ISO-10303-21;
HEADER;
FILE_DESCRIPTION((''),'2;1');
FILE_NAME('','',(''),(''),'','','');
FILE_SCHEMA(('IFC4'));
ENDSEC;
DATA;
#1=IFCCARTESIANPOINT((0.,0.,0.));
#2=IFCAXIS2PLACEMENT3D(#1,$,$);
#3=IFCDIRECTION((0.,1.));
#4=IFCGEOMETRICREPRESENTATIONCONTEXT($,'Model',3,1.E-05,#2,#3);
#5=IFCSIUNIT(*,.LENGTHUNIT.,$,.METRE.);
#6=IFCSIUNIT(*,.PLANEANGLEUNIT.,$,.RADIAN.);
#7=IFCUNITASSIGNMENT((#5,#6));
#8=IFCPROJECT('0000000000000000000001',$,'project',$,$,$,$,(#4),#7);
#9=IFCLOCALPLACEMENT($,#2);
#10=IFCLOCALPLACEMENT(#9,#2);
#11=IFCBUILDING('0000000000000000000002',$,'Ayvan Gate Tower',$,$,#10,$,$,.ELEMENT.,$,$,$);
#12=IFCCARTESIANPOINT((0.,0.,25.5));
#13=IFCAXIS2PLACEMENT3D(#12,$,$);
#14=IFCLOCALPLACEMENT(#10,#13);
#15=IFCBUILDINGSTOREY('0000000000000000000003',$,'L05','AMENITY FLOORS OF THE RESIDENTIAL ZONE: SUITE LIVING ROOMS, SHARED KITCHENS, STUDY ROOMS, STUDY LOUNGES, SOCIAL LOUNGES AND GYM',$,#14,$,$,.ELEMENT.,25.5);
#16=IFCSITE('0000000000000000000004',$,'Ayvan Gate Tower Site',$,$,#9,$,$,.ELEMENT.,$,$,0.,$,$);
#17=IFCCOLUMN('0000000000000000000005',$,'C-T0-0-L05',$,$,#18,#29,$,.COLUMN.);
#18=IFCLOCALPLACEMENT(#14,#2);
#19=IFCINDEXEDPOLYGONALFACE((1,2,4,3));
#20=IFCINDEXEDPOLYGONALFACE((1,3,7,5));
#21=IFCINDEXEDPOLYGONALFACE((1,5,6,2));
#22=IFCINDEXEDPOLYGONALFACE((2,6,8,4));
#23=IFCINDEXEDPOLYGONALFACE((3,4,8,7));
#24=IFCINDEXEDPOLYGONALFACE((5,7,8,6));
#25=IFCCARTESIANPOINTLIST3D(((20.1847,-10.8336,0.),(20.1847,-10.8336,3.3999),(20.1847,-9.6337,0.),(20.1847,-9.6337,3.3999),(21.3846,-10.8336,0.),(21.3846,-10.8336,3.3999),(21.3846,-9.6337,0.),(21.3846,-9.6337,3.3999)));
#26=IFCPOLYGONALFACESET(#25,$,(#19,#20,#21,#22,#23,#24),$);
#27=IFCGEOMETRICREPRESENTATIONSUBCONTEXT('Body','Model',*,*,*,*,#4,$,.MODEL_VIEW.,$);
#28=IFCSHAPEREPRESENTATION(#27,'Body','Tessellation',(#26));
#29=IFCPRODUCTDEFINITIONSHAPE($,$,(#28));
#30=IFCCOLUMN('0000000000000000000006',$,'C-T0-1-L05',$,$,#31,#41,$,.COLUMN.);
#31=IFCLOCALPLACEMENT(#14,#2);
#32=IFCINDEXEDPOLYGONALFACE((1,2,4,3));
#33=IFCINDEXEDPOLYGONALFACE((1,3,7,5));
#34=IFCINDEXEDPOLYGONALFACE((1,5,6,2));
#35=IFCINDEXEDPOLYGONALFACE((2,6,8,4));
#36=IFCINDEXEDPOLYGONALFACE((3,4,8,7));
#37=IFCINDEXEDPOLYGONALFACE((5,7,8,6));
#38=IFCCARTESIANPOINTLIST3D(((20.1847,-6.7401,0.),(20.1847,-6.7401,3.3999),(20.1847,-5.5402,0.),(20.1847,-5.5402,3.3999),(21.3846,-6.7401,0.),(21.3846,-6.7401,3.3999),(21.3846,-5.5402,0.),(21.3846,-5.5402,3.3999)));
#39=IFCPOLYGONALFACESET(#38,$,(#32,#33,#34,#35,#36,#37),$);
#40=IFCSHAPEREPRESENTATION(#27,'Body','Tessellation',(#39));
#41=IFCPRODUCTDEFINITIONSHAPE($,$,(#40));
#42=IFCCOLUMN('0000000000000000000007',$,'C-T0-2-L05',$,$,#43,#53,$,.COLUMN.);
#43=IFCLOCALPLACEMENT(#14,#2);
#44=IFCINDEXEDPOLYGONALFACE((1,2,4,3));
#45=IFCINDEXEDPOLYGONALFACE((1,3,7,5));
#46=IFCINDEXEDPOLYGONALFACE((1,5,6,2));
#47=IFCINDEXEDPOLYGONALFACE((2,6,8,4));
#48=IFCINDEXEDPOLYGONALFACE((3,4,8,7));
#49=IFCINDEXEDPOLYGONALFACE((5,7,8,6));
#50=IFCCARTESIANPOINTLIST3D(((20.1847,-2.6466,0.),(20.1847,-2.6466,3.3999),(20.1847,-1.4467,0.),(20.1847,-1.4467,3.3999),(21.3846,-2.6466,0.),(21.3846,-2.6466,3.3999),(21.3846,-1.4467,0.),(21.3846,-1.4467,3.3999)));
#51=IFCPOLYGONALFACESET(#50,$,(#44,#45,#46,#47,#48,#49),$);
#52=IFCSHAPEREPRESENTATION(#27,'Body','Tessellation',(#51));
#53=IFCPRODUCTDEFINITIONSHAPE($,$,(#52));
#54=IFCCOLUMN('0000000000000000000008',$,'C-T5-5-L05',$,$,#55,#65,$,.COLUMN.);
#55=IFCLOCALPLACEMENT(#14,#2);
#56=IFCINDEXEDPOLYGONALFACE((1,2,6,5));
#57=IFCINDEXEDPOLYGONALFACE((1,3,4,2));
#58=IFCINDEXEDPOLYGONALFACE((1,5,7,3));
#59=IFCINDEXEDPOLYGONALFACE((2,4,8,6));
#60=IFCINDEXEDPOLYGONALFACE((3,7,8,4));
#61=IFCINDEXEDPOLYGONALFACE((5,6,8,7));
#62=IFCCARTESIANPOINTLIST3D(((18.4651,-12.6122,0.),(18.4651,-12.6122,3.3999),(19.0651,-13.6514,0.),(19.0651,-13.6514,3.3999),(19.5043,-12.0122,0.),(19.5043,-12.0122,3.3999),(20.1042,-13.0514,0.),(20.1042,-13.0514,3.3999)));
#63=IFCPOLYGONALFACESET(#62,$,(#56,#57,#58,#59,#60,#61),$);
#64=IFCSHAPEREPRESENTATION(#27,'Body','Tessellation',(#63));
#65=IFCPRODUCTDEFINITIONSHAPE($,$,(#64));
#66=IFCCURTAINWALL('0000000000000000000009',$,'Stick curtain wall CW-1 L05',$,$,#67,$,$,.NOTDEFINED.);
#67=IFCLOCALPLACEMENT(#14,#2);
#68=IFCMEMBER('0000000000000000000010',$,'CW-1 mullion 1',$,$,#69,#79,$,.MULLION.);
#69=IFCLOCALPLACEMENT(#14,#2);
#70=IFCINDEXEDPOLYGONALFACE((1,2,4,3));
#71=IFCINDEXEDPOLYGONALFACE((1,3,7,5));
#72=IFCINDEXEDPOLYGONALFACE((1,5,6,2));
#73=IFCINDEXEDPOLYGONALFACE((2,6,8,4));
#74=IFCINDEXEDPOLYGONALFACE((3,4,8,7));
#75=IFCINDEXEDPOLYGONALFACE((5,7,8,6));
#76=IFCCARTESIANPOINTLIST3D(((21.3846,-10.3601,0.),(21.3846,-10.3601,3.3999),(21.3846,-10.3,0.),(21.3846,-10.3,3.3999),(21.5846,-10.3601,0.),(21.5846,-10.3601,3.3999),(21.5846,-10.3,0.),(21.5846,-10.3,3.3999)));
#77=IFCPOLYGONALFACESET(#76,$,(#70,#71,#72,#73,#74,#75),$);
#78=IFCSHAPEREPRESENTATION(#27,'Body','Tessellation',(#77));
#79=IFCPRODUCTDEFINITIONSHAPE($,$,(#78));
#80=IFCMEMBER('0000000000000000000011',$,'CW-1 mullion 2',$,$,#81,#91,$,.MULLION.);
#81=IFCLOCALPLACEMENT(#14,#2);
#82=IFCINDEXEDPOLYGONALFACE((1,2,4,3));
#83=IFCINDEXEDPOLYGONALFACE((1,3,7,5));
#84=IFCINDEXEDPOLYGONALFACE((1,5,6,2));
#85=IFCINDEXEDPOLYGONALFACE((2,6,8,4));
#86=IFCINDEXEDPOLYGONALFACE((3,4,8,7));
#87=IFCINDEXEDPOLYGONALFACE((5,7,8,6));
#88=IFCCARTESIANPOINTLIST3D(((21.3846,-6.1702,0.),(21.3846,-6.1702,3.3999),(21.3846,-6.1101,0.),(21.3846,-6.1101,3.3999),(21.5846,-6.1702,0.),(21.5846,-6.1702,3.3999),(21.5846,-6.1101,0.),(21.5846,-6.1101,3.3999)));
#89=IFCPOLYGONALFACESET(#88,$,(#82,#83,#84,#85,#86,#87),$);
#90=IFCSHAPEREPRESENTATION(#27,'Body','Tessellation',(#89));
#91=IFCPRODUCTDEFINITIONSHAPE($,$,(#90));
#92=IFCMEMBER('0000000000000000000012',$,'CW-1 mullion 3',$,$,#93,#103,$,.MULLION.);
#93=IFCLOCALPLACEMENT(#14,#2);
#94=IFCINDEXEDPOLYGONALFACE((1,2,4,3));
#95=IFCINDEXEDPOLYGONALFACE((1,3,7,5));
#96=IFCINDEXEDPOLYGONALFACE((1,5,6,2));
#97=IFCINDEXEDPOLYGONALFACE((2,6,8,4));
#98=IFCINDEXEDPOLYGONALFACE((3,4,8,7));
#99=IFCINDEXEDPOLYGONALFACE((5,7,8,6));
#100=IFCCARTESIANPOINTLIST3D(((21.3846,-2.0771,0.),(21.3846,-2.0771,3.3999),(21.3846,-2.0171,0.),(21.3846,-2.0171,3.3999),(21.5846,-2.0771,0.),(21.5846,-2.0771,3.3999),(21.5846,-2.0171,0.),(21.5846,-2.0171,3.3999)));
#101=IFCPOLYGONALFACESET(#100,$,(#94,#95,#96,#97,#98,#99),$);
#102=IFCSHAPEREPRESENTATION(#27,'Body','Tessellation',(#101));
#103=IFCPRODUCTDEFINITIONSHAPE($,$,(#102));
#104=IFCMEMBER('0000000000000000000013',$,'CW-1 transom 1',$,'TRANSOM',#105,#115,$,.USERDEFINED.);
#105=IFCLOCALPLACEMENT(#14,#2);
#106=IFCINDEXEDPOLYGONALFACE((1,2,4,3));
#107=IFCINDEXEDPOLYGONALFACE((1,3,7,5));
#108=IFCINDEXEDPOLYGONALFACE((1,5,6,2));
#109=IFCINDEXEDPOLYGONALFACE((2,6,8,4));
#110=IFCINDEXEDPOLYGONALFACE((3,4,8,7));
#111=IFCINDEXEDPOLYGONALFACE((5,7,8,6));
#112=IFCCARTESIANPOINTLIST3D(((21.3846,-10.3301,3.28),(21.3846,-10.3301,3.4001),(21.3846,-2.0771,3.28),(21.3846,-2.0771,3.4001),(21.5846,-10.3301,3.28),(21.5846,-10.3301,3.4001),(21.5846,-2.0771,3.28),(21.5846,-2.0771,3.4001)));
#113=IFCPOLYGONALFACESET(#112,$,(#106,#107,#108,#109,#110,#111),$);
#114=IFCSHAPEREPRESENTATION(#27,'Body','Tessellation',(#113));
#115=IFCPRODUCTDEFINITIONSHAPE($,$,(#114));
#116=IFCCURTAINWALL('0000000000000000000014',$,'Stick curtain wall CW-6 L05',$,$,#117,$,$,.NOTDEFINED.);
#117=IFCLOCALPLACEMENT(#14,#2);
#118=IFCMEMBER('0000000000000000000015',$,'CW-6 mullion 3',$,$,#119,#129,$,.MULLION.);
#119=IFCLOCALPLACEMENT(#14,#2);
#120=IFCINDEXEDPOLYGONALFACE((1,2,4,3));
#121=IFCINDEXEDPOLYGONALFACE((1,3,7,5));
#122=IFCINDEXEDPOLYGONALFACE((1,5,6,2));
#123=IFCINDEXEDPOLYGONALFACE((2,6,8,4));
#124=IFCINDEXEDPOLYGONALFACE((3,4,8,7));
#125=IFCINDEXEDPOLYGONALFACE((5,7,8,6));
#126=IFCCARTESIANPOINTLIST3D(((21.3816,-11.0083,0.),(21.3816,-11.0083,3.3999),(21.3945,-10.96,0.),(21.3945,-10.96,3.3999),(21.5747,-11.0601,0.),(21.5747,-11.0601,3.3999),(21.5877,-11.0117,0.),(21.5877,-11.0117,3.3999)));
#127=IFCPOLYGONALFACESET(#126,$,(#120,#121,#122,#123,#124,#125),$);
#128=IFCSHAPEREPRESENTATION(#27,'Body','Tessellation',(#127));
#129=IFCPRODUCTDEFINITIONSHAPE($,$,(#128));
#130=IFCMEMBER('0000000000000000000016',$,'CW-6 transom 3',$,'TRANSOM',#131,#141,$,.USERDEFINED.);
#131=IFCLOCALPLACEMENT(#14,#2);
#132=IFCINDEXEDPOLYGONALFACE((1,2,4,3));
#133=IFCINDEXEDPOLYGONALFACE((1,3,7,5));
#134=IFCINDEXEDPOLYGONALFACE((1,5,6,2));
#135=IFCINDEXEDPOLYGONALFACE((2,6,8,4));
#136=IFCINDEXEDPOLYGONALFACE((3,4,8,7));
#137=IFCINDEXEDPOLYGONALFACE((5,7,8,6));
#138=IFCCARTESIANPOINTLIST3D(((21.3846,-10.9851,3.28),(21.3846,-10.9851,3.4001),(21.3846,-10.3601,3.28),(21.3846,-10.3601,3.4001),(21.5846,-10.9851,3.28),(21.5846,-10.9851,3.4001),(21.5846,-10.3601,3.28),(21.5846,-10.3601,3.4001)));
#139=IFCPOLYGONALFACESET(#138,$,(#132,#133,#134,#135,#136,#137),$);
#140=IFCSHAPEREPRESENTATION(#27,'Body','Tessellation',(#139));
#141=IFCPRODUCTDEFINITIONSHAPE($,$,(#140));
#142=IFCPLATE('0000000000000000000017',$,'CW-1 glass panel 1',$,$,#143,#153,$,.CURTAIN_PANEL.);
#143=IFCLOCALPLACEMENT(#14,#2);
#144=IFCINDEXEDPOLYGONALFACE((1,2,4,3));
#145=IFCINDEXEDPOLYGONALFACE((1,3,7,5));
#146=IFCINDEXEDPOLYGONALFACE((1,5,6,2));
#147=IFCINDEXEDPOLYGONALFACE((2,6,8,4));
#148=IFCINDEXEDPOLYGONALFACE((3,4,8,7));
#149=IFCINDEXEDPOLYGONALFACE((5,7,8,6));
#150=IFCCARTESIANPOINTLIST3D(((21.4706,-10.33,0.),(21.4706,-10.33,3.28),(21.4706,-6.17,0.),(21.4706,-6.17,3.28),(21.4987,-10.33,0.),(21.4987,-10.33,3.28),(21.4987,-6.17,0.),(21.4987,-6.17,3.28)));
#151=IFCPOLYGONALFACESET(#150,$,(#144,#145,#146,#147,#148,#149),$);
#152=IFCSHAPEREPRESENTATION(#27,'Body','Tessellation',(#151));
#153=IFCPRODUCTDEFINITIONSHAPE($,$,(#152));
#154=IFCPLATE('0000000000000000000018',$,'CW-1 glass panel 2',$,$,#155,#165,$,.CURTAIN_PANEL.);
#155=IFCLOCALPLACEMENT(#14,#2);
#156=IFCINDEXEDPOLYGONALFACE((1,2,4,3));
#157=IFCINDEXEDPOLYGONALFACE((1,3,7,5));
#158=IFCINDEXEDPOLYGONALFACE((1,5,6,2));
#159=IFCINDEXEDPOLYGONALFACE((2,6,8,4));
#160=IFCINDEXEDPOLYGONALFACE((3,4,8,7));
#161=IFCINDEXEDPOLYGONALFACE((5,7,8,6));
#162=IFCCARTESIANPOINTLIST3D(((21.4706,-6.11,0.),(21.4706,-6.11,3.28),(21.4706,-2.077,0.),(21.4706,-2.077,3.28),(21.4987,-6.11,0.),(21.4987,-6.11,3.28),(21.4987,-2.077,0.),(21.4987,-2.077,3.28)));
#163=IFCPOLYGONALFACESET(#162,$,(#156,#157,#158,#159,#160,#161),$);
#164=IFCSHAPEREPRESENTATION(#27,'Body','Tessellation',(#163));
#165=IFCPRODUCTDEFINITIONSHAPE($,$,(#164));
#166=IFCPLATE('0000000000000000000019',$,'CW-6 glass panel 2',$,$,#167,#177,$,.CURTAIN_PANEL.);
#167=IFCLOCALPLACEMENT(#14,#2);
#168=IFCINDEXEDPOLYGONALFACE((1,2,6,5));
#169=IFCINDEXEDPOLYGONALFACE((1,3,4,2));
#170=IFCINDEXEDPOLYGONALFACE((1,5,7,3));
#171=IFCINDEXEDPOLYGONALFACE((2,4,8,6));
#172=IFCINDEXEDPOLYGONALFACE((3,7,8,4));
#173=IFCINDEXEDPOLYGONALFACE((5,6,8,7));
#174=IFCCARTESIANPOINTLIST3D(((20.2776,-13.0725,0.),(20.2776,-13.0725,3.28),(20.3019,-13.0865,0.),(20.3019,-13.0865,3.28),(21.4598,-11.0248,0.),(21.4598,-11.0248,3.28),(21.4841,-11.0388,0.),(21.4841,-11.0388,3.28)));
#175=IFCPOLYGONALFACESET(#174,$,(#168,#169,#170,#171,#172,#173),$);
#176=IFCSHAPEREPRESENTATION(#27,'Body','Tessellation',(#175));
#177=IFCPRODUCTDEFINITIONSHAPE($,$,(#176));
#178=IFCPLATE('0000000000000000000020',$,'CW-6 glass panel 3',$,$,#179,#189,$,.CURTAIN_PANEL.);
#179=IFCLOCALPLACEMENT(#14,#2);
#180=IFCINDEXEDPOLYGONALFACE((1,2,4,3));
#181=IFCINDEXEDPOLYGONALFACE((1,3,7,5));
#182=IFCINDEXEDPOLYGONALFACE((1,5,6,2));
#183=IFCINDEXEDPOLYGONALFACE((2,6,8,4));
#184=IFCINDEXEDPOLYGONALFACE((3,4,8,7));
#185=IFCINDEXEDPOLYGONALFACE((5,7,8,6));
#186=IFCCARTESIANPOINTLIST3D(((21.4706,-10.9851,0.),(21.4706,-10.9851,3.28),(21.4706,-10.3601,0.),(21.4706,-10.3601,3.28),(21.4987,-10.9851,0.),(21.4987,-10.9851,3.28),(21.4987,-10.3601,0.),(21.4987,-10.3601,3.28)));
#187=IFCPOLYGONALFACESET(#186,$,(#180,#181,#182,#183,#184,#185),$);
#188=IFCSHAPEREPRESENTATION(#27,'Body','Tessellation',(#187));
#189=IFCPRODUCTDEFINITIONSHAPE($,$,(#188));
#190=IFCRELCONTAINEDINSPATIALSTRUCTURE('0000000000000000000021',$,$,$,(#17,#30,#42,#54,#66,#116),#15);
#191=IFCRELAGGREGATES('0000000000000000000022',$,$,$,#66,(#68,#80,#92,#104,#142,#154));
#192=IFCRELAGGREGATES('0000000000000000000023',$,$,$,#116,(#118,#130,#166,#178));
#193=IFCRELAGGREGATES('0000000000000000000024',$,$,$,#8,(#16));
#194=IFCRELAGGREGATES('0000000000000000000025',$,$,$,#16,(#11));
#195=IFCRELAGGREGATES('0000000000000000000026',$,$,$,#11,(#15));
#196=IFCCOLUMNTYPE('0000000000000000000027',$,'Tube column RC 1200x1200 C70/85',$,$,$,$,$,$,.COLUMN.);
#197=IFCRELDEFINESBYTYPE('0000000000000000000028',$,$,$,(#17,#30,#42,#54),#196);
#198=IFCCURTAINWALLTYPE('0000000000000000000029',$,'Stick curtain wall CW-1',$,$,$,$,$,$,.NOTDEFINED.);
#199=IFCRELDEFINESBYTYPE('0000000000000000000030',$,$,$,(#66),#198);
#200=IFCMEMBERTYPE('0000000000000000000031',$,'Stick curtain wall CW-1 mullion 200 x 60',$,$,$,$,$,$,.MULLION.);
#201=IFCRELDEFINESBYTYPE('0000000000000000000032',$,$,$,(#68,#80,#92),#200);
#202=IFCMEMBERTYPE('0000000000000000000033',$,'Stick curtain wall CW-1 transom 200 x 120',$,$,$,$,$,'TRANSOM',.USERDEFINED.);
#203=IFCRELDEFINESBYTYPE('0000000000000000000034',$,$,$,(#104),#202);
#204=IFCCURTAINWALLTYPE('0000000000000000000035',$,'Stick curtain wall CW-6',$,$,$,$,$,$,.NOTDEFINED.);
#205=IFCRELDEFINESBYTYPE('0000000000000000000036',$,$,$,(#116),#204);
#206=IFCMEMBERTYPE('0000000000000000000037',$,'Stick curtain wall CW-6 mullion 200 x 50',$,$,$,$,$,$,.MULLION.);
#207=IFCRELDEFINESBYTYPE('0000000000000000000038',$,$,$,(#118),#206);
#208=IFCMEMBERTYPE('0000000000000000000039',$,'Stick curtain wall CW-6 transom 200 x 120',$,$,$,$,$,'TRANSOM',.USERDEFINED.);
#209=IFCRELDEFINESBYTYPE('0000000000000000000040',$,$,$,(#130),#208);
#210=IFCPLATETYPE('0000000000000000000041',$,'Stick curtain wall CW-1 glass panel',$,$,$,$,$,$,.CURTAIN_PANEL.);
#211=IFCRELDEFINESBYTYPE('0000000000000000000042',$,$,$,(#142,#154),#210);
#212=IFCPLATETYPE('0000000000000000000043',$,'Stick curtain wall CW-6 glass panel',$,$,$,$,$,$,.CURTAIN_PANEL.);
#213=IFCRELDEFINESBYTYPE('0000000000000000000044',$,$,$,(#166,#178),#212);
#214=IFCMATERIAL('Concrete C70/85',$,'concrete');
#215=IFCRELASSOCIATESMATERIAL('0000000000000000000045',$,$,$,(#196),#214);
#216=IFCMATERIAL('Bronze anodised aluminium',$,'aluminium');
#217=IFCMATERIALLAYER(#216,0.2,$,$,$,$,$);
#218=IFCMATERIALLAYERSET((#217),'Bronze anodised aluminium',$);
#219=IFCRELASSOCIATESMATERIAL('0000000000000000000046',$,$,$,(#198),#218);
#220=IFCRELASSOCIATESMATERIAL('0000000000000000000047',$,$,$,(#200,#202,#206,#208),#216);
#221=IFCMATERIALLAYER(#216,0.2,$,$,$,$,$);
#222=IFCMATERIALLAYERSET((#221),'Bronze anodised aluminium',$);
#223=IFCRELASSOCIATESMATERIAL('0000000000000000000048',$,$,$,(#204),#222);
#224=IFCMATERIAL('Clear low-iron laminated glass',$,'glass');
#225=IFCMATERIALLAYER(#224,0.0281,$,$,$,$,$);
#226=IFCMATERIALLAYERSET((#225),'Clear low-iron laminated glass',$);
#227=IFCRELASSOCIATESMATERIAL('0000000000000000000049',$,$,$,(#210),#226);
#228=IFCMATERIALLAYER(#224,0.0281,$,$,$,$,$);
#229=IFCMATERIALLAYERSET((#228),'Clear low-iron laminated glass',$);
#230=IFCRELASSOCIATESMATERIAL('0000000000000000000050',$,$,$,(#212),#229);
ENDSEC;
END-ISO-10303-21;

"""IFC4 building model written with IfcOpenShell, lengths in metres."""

from ifc_helpers import new_model, si_unit, direction, frame, origin, origin_2d, place, context, subcontext, project, spatial, rectangle, extrude, material, layer, layer_set, material_profile, profile_set, type_object, element, aggregate, save


model = new_model("IFC4")

# Units and contexts
model_context = context("Model", 3, precision=1e-05, world=origin(), true_north=direction((0.0, 1.0)))
body_context = subcontext(model_context, "Body", "Model", "MODEL_VIEW")
ifc_project = project(units=[si_unit("LENGTHUNIT", "METRE"), si_unit("PLANEANGLEUNIT", "RADIAN")], contexts=[model_context])

# Site, building, storey
site_placement = place(None, origin())
site = spatial("IfcSite", under=ifc_project, at=site_placement, Name="Ayvan Gate Tower Site", CompositionType="ELEMENT", RefElevation=0.0)
building_placement = place(site_placement, origin())
building = spatial("IfcBuilding", under=site, at=building_placement, Name="Ayvan Gate Tower", CompositionType="ELEMENT")
storey_placement = place(building_placement, frame((0.0, 0.0, 25.5)))
storey = spatial("IfcBuildingStorey", under=building, at=storey_placement, Name="L05", Description="AMENITY FLOORS OF THE RESIDENTIAL ZONE: SUITE LIVING ROOMS, SHARED KITCHENS, STUDY ROOMS, STUDY LOUNGES, SOCIAL LOUNGES AND GYM", CompositionType="ELEMENT", Elevation=25.5)

# Columns
ifc_material_1 = material(Name="Concrete C70/85", Category="concrete")
ifc_material_profile_1 = material_profile(ifc_material_1, rectangle(XDim=1.2, YDim=1.2, at=origin_2d()), Name="RC 1200x1200")
ifc_profile_set_1 = profile_set([ifc_material_profile_1], Name="Concrete C70/85")
column_type = type_object("IfcColumnType", Name="Tube column RC 1200x1200 C70/85", PredefinedType="COLUMN", material=ifc_profile_set_1)
for number, where, z_axis, x_axis, name in (
    (1, (20.7847, -10.2336, 0.0), (0.0, 0.0, 1.0), (1.0, 0.0, 0.0), "C-T0-0-L05"),
    (2, (20.7847, -6.1401, 0.0), (0.0, 0.0, 1.0), (1.0, 0.0, 0.0), "C-T0-1-L05"),
    (3, (20.7847, -2.0466, 0.0), (0.0, 0.0, 1.0), (1.0, 0.0, 0.0), "C-T0-2-L05"),
    (4, (19.2847, -12.8318, 0.0), (0.0, 0.0, 1.0), (0.5, -0.866025, 0.0), "C-T5-5-L05"),
):
    element("IfcColumn", number, at=place(storey_placement, frame(where, z_axis=z_axis, x_axis=x_axis)), inside=storey, type_object=column_type, Name=name, PredefinedType="COLUMN", context=body_context, shape_type="SweptSolid", body=[
        extrude(rectangle(XDim=1.2, YDim=1.2, at=origin_2d()), origin(), (0.0, 0.0, 1.0), 3.3999),
    ])

# Curtain walls, members
ifc_material_2 = material(Name="Bronze anodised aluminium", Category="aluminium")
ifc_layer_1 = layer(ifc_material_2, 0.2)
ifc_layer_set_1 = layer_set([ifc_layer_1], Name="Bronze anodised aluminium")
curtain_wall_type_1 = type_object("IfcCurtainWallType", Name="Stick curtain wall CW-1", PredefinedType="NOTDEFINED", material=ifc_layer_set_1)
curtain_wall_1_placement = place(storey_placement, origin())
curtain_wall_1 = element("IfcCurtainWall", 5, at=curtain_wall_1_placement, inside=storey, type_object=curtain_wall_type_1, Name="Stick curtain wall CW-1 L05", PredefinedType="NOTDEFINED")
ifc_material_profile_2 = material_profile(ifc_material_2, rectangle(XDim=0.2, YDim=0.0601, at=origin_2d()), Name="Stick curtain wall CW-1 mullion 200 x 60")
ifc_profile_set_2 = profile_set([ifc_material_profile_2], Name="Bronze anodised aluminium")
member_type_1 = type_object("IfcMemberType", Name="Stick curtain wall CW-1 mullion 200 x 60", PredefinedType="MULLION", material=ifc_profile_set_2)
member_1_placement = place(storey_placement, frame((21.4846, -10.3301, 0.0), z_axis=(0.0, 0.0, 1.0), x_axis=(1.0, 0.0, 0.0)))
member_1 = element("IfcMember", 6, at=member_1_placement, type_object=member_type_1, Name="CW-1 mullion 1", PredefinedType="MULLION", context=body_context, shape_type="SweptSolid", body=[
    extrude(rectangle(XDim=0.2, YDim=0.0601, at=origin_2d()), origin(), (0.0, 0.0, 1.0), 3.3999),
])
member_2_placement = place(storey_placement, frame((21.4846, -6.1401, 0.0), z_axis=(0.0, 0.0, 1.0), x_axis=(1.0, 0.0, 0.0)))
member_2 = element("IfcMember", 7, at=member_2_placement, type_object=member_type_1, Name="CW-1 mullion 2", PredefinedType="MULLION", context=body_context, shape_type="SweptSolid", body=[
    extrude(rectangle(XDim=0.2, YDim=0.0601, at=origin_2d()), origin(), (0.0, 0.0, 1.0), 3.3999),
])
member_3_placement = place(storey_placement, frame((21.4846, -2.0471, 0.0), z_axis=(0.0, 0.0, 1.0), x_axis=(1.0, 0.0, 0.0)))
member_3 = element("IfcMember", 8, at=member_3_placement, type_object=member_type_1, Name="CW-1 mullion 3", PredefinedType="MULLION", context=body_context, shape_type="SweptSolid", body=[
    extrude(rectangle(XDim=0.2, YDim=0.0601, at=origin_2d()), origin(), (0.0, 0.0, 1.0), 3.3999),
])
ifc_material_profile_3 = material_profile(ifc_material_2, rectangle(XDim=0.2, YDim=0.1201, at=origin_2d()), Name="Stick curtain wall CW-1 transom 200 x 120")
ifc_profile_set_3 = profile_set([ifc_material_profile_3], Name="Bronze anodised aluminium")
member_type_2 = type_object("IfcMemberType", Name="Stick curtain wall CW-1 transom 200 x 120", ElementType="TRANSOM", PredefinedType="USERDEFINED", material=ifc_profile_set_3)
member_4_placement = place(storey_placement, frame((21.4846, -10.3301, 3.3401), z_axis=(0.0, 1.0, 0.0), x_axis=(-1.0, 0.0, 0.0)))
member_4 = element("IfcMember", 9, at=member_4_placement, type_object=member_type_2, Name="CW-1 transom 1", ObjectType="TRANSOM", PredefinedType="USERDEFINED", context=body_context, shape_type="SweptSolid", body=[
    extrude(rectangle(XDim=0.2, YDim=0.1201, at=origin_2d()), origin(), (0.0, 0.0, 1.0), 8.2529),
])
ifc_layer_2 = layer(ifc_material_2, 0.2)
ifc_layer_set_2 = layer_set([ifc_layer_2], Name="Bronze anodised aluminium")
curtain_wall_type_2 = type_object("IfcCurtainWallType", Name="Stick curtain wall CW-6", PredefinedType="NOTDEFINED", material=ifc_layer_set_2)
curtain_wall_2_placement = place(storey_placement, origin())
curtain_wall_2 = element("IfcCurtainWall", 10, at=curtain_wall_2_placement, inside=storey, type_object=curtain_wall_type_2, Name="Stick curtain wall CW-6 L05", PredefinedType="NOTDEFINED")
ifc_material_profile_4 = material_profile(ifc_material_2, rectangle(XDim=0.2, YDim=0.05, at=origin_2d()), Name="Stick curtain wall CW-6 mullion 200 x 50")
ifc_profile_set_4 = profile_set([ifc_material_profile_4], Name="Bronze anodised aluminium")
member_type_3 = type_object("IfcMemberType", Name="Stick curtain wall CW-6 mullion 200 x 50", PredefinedType="MULLION", material=ifc_profile_set_4)
member_5_placement = place(storey_placement, frame((21.4846, -11.01, 0.0), z_axis=(0.0, 0.0, 1.0), x_axis=(0.965926, -0.258819, 0.0)))
member_5 = element("IfcMember", 11, at=member_5_placement, type_object=member_type_3, Name="CW-6 mullion 3", PredefinedType="MULLION", context=body_context, shape_type="SweptSolid", body=[
    extrude(rectangle(XDim=0.2, YDim=0.05, at=origin_2d()), origin(), (0.0, 0.0, 1.0), 3.3999),
])
ifc_material_profile_5 = material_profile(ifc_material_2, rectangle(XDim=0.2, YDim=0.1201, at=origin_2d()), Name="Stick curtain wall CW-6 transom 200 x 120")
ifc_profile_set_5 = profile_set([ifc_material_profile_5], Name="Bronze anodised aluminium")
member_type_4 = type_object("IfcMemberType", Name="Stick curtain wall CW-6 transom 200 x 120", ElementType="TRANSOM", PredefinedType="USERDEFINED", material=ifc_profile_set_5)
member_6_placement = place(storey_placement, frame((21.4846, -10.9851, 3.3401), z_axis=(0.0, 1.0, 0.0), x_axis=(-1.0, 0.0, 0.0)))
member_6 = element("IfcMember", 12, at=member_6_placement, type_object=member_type_4, Name="CW-6 transom 3", ObjectType="TRANSOM", PredefinedType="USERDEFINED", context=body_context, shape_type="SweptSolid", body=[
    extrude(rectangle(XDim=0.2, YDim=0.1201, at=origin_2d()), origin(), (0.0, 0.0, 1.0), 0.625),
])

# Plates
ifc_material_3 = material(Name="Clear low-iron laminated glass", Category="glass")
ifc_layer_3 = layer(ifc_material_3, 0.0281)
ifc_layer_set_3 = layer_set([ifc_layer_3], Name="Clear low-iron laminated glass")
plate_type_1 = type_object("IfcPlateType", Name="Stick curtain wall CW-1 glass panel", PredefinedType="CURTAIN_PANEL", material=ifc_layer_set_3)
plate_1_placement = place(storey_placement, frame((21.4846, -8.25, 0.0), z_axis=(0.0, 0.0, 1.0), x_axis=(0.0, 1.0, 0.0)))
plate_1 = element("IfcPlate", 13, at=plate_1_placement, type_object=plate_type_1, Name="CW-1 glass panel 1", PredefinedType="CURTAIN_PANEL", context=body_context, shape_type="SweptSolid", body=[
    extrude(rectangle(XDim=4.1599, YDim=0.0281, at=origin_2d()), origin(), (0.0, 0.0, 1.0), 3.28),
])
plate_2_placement = place(storey_placement, frame((21.4846, -4.0935, 0.0), z_axis=(0.0, 0.0, 1.0), x_axis=(0.0, 1.0, 0.0)))
plate_2 = element("IfcPlate", 14, at=plate_2_placement, type_object=plate_type_1, Name="CW-1 glass panel 2", PredefinedType="CURTAIN_PANEL", context=body_context, shape_type="SweptSolid", body=[
    extrude(rectangle(XDim=4.033, YDim=0.0281, at=origin_2d()), origin(), (0.0, 0.0, 1.0), 3.28),
])
aggregate(curtain_wall_1, [member_1, member_2, member_3, member_4, plate_1, plate_2])
ifc_layer_4 = layer(ifc_material_3, 0.0281)
ifc_layer_set_4 = layer_set([ifc_layer_4], Name="Clear low-iron laminated glass")
plate_type_2 = type_object("IfcPlateType", Name="Stick curtain wall CW-6 glass panel", PredefinedType="CURTAIN_PANEL", material=ifc_layer_set_4)
plate_3_placement = place(storey_placement, frame((20.8809, -12.0557, 0.0), z_axis=(0.0, 0.0, 1.0), x_axis=(0.5, 0.866025, 0.0)))
plate_3 = element("IfcPlate", 15, at=plate_3_placement, type_object=plate_type_2, Name="CW-6 glass panel 2", PredefinedType="CURTAIN_PANEL", context=body_context, shape_type="SweptSolid", body=[
    extrude(rectangle(XDim=2.3645, YDim=0.0281, at=origin_2d()), origin(), (0.0, 0.0, 1.0), 3.28),
])
plate_4_placement = place(storey_placement, frame((21.4846, -10.6726, 0.0), z_axis=(0.0, 0.0, 1.0), x_axis=(0.0, 1.0, 0.0)))
plate_4 = element("IfcPlate", 16, at=plate_4_placement, type_object=plate_type_2, Name="CW-6 glass panel 3", PredefinedType="CURTAIN_PANEL", context=body_context, shape_type="SweptSolid", body=[
    extrude(rectangle(XDim=0.625, YDim=0.0281, at=origin_2d()), origin(), (0.0, 0.0, 1.0), 3.28),
])
aggregate(curtain_wall_2, [member_5, member_6, plate_3, plate_4])

save(model, "model.ifc")
